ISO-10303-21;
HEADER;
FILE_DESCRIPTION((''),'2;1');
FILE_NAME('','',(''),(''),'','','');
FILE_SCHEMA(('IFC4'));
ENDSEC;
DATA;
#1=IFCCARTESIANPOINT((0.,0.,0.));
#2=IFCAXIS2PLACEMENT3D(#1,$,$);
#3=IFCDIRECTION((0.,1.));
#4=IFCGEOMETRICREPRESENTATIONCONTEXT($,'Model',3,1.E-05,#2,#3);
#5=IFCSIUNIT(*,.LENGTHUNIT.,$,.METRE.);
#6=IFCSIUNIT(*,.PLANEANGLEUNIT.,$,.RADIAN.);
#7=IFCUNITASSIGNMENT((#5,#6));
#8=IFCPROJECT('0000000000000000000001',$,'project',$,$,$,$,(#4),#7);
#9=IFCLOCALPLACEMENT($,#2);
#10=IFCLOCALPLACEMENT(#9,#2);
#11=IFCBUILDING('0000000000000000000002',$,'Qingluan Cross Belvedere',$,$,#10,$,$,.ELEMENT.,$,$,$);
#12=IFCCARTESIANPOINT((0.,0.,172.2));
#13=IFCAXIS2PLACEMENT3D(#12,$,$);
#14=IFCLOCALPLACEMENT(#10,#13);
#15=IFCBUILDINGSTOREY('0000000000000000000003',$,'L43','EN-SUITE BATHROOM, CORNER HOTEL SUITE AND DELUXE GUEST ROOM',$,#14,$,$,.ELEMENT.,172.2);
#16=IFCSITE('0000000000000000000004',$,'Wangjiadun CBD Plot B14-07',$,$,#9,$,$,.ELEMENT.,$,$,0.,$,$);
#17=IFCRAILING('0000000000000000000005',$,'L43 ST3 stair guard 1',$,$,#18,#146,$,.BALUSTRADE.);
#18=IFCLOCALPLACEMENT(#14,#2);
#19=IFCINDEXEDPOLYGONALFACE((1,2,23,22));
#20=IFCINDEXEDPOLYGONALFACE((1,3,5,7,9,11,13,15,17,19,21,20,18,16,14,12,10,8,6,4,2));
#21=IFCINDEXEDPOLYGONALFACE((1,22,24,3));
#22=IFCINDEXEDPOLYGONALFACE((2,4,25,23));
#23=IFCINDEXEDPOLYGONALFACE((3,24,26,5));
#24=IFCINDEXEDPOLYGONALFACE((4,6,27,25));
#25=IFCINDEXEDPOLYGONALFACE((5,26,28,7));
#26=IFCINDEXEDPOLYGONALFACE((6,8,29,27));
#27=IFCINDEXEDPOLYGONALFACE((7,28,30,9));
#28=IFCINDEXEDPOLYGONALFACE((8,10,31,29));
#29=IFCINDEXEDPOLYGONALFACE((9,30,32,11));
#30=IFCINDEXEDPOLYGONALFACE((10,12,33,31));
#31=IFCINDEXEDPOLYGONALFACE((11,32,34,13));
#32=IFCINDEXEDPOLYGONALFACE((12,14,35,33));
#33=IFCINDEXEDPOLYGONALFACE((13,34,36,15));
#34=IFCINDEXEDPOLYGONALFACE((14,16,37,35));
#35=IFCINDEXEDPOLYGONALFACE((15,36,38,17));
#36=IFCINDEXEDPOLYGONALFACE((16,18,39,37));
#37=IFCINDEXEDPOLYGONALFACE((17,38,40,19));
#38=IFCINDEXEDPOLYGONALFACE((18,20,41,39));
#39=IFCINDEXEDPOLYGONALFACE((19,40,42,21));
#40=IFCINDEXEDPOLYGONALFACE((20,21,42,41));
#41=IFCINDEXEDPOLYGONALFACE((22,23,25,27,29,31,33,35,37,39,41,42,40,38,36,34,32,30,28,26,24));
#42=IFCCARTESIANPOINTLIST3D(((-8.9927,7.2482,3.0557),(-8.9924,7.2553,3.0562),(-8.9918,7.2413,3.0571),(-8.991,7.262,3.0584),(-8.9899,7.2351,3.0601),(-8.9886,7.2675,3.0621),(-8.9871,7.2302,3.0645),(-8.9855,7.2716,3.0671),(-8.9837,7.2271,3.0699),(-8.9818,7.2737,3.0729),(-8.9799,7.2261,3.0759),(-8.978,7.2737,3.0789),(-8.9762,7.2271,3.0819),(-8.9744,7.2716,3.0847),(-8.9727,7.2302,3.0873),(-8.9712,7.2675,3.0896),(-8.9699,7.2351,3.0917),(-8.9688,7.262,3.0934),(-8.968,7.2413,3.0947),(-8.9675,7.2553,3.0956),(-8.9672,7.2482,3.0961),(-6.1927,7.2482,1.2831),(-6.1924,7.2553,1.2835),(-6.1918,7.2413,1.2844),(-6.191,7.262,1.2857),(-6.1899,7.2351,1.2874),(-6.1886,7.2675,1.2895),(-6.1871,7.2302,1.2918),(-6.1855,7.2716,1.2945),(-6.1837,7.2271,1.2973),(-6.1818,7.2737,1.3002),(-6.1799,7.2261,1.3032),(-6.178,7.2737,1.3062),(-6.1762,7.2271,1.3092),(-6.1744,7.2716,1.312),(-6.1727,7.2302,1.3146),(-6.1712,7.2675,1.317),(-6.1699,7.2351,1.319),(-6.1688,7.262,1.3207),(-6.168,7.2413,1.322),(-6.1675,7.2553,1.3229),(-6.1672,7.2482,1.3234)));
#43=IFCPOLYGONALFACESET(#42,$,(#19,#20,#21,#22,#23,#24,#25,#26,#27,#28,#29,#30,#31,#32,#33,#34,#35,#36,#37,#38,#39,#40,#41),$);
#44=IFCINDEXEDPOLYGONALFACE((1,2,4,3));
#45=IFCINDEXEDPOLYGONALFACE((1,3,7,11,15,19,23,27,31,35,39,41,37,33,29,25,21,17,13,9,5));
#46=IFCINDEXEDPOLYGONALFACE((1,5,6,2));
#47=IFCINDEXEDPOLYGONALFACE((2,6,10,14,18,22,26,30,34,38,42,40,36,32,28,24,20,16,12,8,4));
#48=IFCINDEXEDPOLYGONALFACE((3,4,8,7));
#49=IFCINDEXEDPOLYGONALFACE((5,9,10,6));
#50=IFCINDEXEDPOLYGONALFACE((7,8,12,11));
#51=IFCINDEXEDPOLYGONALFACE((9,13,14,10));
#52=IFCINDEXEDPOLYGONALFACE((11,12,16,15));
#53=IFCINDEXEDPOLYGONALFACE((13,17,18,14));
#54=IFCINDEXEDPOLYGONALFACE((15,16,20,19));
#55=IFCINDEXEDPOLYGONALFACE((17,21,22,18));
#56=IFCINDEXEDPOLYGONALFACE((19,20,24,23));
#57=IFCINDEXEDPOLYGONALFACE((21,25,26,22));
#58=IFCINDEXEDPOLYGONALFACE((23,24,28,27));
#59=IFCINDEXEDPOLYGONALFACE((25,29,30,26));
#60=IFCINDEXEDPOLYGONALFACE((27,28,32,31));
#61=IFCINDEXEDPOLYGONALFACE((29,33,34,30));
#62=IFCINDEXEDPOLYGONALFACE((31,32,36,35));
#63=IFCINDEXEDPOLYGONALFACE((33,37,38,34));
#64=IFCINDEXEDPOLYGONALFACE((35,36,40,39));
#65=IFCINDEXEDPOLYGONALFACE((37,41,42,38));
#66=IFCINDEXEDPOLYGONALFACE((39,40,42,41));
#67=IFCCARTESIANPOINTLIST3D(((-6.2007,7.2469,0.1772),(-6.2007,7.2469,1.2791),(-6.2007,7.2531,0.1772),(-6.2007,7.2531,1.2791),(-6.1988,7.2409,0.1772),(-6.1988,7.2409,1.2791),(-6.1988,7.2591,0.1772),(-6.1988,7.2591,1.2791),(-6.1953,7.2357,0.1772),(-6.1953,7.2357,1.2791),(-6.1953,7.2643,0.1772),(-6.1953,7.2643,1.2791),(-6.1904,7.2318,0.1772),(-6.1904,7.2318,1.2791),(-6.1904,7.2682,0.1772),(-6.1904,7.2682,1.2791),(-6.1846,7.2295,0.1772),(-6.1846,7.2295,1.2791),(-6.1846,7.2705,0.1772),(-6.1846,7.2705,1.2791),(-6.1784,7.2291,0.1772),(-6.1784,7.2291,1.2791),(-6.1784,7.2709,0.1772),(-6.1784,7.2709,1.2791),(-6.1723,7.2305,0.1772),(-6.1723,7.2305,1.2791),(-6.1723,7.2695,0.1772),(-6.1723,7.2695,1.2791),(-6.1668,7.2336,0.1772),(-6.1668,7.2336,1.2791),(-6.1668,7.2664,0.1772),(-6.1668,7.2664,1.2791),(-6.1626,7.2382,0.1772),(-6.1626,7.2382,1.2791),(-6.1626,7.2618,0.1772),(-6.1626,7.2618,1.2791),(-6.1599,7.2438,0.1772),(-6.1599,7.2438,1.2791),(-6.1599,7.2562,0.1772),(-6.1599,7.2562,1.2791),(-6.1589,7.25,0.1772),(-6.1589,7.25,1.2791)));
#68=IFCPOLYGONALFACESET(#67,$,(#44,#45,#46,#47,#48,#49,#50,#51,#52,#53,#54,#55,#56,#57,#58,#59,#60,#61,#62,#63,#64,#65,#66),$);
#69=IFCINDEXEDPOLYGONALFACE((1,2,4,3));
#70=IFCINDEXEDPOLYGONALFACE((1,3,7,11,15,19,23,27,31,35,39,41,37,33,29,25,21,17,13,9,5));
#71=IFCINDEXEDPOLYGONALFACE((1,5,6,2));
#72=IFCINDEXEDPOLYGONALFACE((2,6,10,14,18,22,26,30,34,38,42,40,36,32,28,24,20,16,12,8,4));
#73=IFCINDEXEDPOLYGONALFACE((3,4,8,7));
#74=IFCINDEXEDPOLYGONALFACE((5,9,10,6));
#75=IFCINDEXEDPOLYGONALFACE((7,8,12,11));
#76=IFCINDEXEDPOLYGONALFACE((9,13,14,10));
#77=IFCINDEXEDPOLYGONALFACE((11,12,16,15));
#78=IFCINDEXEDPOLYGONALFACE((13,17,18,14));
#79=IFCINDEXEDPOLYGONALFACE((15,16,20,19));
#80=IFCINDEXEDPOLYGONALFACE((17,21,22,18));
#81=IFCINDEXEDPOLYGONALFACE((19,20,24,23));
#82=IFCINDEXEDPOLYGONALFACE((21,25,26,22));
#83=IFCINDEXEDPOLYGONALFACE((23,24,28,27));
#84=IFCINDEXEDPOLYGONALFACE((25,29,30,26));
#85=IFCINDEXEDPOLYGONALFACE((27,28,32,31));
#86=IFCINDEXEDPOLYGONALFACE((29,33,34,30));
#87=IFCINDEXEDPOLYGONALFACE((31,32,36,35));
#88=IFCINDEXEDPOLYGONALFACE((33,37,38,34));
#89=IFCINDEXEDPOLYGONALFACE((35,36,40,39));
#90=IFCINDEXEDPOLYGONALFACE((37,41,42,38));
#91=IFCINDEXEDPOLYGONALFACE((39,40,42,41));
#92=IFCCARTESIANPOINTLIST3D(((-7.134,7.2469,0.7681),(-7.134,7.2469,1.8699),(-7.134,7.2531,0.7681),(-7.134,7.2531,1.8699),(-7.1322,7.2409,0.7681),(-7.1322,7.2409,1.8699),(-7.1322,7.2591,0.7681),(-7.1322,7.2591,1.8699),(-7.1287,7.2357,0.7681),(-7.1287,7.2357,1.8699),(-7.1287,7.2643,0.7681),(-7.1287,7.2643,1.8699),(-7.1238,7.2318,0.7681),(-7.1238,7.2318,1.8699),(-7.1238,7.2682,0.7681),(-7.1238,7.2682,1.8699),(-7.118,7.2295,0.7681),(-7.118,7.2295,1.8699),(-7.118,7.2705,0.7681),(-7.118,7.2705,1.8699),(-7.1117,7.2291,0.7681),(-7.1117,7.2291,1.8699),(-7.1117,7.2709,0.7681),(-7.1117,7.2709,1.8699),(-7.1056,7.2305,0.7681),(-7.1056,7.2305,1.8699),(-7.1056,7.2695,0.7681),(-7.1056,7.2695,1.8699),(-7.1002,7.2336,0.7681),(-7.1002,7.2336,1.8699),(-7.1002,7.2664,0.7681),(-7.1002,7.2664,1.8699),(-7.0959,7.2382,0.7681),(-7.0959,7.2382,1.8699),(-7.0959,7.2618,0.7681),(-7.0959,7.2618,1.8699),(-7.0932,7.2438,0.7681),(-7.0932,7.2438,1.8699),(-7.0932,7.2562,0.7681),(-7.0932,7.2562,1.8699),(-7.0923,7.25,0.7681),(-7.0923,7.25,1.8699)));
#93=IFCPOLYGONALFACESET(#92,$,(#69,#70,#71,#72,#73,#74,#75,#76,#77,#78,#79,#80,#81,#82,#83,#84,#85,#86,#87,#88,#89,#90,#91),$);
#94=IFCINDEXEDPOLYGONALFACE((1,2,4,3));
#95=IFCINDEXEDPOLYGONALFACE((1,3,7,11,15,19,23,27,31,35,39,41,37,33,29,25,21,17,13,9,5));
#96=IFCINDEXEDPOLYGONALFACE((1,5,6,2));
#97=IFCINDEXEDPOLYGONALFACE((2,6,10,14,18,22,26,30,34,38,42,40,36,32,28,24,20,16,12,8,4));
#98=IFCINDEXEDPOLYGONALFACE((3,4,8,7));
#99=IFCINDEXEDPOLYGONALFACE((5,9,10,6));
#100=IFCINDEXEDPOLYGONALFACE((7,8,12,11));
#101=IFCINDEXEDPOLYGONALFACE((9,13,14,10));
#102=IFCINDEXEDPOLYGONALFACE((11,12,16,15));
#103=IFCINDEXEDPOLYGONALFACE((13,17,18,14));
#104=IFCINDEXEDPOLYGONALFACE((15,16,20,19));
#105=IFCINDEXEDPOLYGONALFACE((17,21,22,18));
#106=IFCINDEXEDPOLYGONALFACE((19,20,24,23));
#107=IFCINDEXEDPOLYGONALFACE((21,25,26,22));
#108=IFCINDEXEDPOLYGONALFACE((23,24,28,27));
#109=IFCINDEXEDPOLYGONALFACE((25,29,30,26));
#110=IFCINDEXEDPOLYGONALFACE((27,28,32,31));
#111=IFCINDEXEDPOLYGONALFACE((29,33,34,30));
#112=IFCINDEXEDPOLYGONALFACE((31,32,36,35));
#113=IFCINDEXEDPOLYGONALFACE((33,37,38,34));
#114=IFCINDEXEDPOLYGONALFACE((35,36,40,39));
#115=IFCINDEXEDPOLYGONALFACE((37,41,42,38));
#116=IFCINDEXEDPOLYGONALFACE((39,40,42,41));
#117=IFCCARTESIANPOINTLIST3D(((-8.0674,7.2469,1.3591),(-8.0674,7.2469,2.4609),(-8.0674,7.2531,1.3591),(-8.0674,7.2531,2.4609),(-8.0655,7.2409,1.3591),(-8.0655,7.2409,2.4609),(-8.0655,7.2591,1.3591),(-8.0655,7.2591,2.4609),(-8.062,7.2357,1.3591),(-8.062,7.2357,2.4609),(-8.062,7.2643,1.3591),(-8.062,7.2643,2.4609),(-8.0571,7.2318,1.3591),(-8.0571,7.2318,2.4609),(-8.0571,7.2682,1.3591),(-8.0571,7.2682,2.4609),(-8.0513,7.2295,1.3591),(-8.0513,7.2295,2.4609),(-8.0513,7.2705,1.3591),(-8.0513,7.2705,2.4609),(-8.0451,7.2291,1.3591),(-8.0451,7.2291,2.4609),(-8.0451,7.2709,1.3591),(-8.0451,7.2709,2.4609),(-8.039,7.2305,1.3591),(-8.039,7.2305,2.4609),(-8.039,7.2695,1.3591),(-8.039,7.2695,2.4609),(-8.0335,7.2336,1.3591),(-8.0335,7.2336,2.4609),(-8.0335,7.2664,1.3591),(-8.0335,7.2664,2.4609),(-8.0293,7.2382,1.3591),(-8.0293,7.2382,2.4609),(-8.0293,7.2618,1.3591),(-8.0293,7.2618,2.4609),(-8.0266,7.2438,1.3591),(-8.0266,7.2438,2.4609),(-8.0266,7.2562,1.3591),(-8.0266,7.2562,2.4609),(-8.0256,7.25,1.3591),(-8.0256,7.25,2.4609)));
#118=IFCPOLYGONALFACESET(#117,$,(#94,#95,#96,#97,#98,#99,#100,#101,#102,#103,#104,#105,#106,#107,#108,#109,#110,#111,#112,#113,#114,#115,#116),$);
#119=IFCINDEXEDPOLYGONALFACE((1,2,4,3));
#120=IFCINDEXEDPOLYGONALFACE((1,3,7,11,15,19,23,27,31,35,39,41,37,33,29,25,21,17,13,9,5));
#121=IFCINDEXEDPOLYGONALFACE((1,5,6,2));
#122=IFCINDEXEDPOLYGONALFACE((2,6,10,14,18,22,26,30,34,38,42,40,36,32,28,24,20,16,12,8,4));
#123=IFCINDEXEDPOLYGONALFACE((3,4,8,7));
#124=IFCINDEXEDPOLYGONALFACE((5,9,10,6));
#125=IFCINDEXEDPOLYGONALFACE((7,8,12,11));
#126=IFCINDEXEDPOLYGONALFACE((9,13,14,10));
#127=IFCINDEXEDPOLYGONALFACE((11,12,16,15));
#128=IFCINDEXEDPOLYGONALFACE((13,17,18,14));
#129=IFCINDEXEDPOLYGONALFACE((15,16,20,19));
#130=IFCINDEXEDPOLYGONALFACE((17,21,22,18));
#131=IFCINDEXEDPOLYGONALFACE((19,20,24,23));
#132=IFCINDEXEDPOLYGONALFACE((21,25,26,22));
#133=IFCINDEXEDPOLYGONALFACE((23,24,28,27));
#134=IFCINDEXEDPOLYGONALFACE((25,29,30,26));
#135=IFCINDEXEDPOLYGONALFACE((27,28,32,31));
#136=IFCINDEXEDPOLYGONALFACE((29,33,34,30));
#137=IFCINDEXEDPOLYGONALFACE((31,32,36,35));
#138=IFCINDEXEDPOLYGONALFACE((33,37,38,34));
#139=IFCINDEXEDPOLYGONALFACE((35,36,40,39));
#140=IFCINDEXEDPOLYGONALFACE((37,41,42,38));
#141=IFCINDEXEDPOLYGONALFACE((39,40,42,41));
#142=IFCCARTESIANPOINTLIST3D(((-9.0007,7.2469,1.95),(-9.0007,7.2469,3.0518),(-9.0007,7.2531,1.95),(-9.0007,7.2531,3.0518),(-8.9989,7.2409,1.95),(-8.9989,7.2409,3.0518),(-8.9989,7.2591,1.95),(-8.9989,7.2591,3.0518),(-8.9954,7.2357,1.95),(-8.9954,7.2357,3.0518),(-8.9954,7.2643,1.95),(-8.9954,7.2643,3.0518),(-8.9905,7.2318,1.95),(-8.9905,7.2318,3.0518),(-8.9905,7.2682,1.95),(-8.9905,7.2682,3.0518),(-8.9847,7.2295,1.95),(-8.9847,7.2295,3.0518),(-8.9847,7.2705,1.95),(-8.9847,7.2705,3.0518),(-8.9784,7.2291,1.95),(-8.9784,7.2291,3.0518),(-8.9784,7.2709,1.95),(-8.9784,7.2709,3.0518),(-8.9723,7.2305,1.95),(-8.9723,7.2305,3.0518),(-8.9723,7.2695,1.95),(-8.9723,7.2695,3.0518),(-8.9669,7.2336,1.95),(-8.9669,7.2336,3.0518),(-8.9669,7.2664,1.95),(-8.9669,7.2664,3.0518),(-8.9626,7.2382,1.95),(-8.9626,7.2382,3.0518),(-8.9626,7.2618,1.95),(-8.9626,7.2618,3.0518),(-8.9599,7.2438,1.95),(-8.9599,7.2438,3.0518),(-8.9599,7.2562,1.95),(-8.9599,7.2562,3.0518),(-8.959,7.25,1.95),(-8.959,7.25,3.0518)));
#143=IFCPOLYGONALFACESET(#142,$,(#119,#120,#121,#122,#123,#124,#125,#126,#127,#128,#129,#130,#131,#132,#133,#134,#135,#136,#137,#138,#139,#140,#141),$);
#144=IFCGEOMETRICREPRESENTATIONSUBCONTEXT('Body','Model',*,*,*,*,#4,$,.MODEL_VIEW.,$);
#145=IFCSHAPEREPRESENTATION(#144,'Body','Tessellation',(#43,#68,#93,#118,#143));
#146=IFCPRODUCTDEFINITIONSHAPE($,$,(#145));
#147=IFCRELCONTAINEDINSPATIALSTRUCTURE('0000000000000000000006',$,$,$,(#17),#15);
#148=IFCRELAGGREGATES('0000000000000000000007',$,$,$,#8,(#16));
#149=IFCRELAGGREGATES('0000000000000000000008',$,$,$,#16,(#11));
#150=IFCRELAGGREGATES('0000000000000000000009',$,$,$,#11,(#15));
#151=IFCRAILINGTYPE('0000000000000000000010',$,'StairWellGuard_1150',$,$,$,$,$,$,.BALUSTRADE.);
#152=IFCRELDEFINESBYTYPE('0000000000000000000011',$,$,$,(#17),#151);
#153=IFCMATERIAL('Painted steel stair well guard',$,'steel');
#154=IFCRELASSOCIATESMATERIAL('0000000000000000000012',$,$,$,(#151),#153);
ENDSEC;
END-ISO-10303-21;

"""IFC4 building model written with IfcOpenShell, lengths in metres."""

from ifc_helpers import new_model, si_unit, direction, frame, origin, origin_2d, place, context, subcontext, project, spatial, circle, extrude, material, type_object, element, save


model = new_model("IFC4")

# Units and contexts
model_context = context("Model", 3, precision=1e-05, world=origin(), true_north=direction((0.0, 1.0)))
body_context = subcontext(model_context, "Body", "Model", "MODEL_VIEW")
ifc_project = project(units=[si_unit("LENGTHUNIT", "METRE"), si_unit("PLANEANGLEUNIT", "RADIAN")], contexts=[model_context])

# Site, building, storey
site_placement = place(None, origin())
site = spatial("IfcSite", under=ifc_project, at=site_placement, Name="Wangjiadun CBD Plot B14-07", CompositionType="ELEMENT", RefElevation=0.0)
building_placement = place(site_placement, origin())
building = spatial("IfcBuilding", under=site, at=building_placement, Name="Qingluan Cross Belvedere", CompositionType="ELEMENT")
storey_placement = place(building_placement, frame((0.0, 0.0, 172.2)))
storey = spatial("IfcBuildingStorey", under=building, at=storey_placement, Name="L43", Description="EN-SUITE BATHROOM, CORNER HOTEL SUITE AND DELUXE GUEST ROOM", CompositionType="ELEMENT", Elevation=172.2)

# Railing
ifc_material_1 = material(Name="Painted steel stair well guard", Category="steel")
railing_type_1 = type_object("IfcRailingType", Name="StairWellGuard_1150", PredefinedType="BALUSTRADE", material=ifc_material_1)
railing_1_placement = place(storey_placement, frame((-6.1799, 7.25, 0.1772)))
element("IfcRailing", 1, at=railing_1_placement, inside=storey, type_object=railing_type_1, Name="L43 ST3 stair guard 1", PredefinedType="BALUSTRADE", context=body_context, shape_type="SweptSolid", body=[
    extrude(circle(Radius=0.0239, at=origin_2d()), frame((0.0, 0.0, 1.126), z_axis=(-0.844909, 0.0, 0.53491), x_axis=(0.0, -1.0, 0.0)), (0.0, 0.0, 1.0), 3.314),
    extrude(circle(Radius=0.021, at=origin_2d()), origin(), (0.0, 0.0, 1.0), 1.1018),
    extrude(circle(Radius=0.021, at=origin_2d()), frame((-0.9333, 0.0, 0.5908)), (0.0, 0.0, 1.0), 1.1018),
    extrude(circle(Radius=0.021, at=origin_2d()), frame((-1.8667, 0.0, 1.1819)), (0.0, 0.0, 1.0), 1.1018),
    extrude(circle(Radius=0.021, at=origin_2d()), frame((-2.8, 0.0, 1.7727)), (0.0, 0.0, 1.0), 1.1018),
])

save(model, "model.ifc")
